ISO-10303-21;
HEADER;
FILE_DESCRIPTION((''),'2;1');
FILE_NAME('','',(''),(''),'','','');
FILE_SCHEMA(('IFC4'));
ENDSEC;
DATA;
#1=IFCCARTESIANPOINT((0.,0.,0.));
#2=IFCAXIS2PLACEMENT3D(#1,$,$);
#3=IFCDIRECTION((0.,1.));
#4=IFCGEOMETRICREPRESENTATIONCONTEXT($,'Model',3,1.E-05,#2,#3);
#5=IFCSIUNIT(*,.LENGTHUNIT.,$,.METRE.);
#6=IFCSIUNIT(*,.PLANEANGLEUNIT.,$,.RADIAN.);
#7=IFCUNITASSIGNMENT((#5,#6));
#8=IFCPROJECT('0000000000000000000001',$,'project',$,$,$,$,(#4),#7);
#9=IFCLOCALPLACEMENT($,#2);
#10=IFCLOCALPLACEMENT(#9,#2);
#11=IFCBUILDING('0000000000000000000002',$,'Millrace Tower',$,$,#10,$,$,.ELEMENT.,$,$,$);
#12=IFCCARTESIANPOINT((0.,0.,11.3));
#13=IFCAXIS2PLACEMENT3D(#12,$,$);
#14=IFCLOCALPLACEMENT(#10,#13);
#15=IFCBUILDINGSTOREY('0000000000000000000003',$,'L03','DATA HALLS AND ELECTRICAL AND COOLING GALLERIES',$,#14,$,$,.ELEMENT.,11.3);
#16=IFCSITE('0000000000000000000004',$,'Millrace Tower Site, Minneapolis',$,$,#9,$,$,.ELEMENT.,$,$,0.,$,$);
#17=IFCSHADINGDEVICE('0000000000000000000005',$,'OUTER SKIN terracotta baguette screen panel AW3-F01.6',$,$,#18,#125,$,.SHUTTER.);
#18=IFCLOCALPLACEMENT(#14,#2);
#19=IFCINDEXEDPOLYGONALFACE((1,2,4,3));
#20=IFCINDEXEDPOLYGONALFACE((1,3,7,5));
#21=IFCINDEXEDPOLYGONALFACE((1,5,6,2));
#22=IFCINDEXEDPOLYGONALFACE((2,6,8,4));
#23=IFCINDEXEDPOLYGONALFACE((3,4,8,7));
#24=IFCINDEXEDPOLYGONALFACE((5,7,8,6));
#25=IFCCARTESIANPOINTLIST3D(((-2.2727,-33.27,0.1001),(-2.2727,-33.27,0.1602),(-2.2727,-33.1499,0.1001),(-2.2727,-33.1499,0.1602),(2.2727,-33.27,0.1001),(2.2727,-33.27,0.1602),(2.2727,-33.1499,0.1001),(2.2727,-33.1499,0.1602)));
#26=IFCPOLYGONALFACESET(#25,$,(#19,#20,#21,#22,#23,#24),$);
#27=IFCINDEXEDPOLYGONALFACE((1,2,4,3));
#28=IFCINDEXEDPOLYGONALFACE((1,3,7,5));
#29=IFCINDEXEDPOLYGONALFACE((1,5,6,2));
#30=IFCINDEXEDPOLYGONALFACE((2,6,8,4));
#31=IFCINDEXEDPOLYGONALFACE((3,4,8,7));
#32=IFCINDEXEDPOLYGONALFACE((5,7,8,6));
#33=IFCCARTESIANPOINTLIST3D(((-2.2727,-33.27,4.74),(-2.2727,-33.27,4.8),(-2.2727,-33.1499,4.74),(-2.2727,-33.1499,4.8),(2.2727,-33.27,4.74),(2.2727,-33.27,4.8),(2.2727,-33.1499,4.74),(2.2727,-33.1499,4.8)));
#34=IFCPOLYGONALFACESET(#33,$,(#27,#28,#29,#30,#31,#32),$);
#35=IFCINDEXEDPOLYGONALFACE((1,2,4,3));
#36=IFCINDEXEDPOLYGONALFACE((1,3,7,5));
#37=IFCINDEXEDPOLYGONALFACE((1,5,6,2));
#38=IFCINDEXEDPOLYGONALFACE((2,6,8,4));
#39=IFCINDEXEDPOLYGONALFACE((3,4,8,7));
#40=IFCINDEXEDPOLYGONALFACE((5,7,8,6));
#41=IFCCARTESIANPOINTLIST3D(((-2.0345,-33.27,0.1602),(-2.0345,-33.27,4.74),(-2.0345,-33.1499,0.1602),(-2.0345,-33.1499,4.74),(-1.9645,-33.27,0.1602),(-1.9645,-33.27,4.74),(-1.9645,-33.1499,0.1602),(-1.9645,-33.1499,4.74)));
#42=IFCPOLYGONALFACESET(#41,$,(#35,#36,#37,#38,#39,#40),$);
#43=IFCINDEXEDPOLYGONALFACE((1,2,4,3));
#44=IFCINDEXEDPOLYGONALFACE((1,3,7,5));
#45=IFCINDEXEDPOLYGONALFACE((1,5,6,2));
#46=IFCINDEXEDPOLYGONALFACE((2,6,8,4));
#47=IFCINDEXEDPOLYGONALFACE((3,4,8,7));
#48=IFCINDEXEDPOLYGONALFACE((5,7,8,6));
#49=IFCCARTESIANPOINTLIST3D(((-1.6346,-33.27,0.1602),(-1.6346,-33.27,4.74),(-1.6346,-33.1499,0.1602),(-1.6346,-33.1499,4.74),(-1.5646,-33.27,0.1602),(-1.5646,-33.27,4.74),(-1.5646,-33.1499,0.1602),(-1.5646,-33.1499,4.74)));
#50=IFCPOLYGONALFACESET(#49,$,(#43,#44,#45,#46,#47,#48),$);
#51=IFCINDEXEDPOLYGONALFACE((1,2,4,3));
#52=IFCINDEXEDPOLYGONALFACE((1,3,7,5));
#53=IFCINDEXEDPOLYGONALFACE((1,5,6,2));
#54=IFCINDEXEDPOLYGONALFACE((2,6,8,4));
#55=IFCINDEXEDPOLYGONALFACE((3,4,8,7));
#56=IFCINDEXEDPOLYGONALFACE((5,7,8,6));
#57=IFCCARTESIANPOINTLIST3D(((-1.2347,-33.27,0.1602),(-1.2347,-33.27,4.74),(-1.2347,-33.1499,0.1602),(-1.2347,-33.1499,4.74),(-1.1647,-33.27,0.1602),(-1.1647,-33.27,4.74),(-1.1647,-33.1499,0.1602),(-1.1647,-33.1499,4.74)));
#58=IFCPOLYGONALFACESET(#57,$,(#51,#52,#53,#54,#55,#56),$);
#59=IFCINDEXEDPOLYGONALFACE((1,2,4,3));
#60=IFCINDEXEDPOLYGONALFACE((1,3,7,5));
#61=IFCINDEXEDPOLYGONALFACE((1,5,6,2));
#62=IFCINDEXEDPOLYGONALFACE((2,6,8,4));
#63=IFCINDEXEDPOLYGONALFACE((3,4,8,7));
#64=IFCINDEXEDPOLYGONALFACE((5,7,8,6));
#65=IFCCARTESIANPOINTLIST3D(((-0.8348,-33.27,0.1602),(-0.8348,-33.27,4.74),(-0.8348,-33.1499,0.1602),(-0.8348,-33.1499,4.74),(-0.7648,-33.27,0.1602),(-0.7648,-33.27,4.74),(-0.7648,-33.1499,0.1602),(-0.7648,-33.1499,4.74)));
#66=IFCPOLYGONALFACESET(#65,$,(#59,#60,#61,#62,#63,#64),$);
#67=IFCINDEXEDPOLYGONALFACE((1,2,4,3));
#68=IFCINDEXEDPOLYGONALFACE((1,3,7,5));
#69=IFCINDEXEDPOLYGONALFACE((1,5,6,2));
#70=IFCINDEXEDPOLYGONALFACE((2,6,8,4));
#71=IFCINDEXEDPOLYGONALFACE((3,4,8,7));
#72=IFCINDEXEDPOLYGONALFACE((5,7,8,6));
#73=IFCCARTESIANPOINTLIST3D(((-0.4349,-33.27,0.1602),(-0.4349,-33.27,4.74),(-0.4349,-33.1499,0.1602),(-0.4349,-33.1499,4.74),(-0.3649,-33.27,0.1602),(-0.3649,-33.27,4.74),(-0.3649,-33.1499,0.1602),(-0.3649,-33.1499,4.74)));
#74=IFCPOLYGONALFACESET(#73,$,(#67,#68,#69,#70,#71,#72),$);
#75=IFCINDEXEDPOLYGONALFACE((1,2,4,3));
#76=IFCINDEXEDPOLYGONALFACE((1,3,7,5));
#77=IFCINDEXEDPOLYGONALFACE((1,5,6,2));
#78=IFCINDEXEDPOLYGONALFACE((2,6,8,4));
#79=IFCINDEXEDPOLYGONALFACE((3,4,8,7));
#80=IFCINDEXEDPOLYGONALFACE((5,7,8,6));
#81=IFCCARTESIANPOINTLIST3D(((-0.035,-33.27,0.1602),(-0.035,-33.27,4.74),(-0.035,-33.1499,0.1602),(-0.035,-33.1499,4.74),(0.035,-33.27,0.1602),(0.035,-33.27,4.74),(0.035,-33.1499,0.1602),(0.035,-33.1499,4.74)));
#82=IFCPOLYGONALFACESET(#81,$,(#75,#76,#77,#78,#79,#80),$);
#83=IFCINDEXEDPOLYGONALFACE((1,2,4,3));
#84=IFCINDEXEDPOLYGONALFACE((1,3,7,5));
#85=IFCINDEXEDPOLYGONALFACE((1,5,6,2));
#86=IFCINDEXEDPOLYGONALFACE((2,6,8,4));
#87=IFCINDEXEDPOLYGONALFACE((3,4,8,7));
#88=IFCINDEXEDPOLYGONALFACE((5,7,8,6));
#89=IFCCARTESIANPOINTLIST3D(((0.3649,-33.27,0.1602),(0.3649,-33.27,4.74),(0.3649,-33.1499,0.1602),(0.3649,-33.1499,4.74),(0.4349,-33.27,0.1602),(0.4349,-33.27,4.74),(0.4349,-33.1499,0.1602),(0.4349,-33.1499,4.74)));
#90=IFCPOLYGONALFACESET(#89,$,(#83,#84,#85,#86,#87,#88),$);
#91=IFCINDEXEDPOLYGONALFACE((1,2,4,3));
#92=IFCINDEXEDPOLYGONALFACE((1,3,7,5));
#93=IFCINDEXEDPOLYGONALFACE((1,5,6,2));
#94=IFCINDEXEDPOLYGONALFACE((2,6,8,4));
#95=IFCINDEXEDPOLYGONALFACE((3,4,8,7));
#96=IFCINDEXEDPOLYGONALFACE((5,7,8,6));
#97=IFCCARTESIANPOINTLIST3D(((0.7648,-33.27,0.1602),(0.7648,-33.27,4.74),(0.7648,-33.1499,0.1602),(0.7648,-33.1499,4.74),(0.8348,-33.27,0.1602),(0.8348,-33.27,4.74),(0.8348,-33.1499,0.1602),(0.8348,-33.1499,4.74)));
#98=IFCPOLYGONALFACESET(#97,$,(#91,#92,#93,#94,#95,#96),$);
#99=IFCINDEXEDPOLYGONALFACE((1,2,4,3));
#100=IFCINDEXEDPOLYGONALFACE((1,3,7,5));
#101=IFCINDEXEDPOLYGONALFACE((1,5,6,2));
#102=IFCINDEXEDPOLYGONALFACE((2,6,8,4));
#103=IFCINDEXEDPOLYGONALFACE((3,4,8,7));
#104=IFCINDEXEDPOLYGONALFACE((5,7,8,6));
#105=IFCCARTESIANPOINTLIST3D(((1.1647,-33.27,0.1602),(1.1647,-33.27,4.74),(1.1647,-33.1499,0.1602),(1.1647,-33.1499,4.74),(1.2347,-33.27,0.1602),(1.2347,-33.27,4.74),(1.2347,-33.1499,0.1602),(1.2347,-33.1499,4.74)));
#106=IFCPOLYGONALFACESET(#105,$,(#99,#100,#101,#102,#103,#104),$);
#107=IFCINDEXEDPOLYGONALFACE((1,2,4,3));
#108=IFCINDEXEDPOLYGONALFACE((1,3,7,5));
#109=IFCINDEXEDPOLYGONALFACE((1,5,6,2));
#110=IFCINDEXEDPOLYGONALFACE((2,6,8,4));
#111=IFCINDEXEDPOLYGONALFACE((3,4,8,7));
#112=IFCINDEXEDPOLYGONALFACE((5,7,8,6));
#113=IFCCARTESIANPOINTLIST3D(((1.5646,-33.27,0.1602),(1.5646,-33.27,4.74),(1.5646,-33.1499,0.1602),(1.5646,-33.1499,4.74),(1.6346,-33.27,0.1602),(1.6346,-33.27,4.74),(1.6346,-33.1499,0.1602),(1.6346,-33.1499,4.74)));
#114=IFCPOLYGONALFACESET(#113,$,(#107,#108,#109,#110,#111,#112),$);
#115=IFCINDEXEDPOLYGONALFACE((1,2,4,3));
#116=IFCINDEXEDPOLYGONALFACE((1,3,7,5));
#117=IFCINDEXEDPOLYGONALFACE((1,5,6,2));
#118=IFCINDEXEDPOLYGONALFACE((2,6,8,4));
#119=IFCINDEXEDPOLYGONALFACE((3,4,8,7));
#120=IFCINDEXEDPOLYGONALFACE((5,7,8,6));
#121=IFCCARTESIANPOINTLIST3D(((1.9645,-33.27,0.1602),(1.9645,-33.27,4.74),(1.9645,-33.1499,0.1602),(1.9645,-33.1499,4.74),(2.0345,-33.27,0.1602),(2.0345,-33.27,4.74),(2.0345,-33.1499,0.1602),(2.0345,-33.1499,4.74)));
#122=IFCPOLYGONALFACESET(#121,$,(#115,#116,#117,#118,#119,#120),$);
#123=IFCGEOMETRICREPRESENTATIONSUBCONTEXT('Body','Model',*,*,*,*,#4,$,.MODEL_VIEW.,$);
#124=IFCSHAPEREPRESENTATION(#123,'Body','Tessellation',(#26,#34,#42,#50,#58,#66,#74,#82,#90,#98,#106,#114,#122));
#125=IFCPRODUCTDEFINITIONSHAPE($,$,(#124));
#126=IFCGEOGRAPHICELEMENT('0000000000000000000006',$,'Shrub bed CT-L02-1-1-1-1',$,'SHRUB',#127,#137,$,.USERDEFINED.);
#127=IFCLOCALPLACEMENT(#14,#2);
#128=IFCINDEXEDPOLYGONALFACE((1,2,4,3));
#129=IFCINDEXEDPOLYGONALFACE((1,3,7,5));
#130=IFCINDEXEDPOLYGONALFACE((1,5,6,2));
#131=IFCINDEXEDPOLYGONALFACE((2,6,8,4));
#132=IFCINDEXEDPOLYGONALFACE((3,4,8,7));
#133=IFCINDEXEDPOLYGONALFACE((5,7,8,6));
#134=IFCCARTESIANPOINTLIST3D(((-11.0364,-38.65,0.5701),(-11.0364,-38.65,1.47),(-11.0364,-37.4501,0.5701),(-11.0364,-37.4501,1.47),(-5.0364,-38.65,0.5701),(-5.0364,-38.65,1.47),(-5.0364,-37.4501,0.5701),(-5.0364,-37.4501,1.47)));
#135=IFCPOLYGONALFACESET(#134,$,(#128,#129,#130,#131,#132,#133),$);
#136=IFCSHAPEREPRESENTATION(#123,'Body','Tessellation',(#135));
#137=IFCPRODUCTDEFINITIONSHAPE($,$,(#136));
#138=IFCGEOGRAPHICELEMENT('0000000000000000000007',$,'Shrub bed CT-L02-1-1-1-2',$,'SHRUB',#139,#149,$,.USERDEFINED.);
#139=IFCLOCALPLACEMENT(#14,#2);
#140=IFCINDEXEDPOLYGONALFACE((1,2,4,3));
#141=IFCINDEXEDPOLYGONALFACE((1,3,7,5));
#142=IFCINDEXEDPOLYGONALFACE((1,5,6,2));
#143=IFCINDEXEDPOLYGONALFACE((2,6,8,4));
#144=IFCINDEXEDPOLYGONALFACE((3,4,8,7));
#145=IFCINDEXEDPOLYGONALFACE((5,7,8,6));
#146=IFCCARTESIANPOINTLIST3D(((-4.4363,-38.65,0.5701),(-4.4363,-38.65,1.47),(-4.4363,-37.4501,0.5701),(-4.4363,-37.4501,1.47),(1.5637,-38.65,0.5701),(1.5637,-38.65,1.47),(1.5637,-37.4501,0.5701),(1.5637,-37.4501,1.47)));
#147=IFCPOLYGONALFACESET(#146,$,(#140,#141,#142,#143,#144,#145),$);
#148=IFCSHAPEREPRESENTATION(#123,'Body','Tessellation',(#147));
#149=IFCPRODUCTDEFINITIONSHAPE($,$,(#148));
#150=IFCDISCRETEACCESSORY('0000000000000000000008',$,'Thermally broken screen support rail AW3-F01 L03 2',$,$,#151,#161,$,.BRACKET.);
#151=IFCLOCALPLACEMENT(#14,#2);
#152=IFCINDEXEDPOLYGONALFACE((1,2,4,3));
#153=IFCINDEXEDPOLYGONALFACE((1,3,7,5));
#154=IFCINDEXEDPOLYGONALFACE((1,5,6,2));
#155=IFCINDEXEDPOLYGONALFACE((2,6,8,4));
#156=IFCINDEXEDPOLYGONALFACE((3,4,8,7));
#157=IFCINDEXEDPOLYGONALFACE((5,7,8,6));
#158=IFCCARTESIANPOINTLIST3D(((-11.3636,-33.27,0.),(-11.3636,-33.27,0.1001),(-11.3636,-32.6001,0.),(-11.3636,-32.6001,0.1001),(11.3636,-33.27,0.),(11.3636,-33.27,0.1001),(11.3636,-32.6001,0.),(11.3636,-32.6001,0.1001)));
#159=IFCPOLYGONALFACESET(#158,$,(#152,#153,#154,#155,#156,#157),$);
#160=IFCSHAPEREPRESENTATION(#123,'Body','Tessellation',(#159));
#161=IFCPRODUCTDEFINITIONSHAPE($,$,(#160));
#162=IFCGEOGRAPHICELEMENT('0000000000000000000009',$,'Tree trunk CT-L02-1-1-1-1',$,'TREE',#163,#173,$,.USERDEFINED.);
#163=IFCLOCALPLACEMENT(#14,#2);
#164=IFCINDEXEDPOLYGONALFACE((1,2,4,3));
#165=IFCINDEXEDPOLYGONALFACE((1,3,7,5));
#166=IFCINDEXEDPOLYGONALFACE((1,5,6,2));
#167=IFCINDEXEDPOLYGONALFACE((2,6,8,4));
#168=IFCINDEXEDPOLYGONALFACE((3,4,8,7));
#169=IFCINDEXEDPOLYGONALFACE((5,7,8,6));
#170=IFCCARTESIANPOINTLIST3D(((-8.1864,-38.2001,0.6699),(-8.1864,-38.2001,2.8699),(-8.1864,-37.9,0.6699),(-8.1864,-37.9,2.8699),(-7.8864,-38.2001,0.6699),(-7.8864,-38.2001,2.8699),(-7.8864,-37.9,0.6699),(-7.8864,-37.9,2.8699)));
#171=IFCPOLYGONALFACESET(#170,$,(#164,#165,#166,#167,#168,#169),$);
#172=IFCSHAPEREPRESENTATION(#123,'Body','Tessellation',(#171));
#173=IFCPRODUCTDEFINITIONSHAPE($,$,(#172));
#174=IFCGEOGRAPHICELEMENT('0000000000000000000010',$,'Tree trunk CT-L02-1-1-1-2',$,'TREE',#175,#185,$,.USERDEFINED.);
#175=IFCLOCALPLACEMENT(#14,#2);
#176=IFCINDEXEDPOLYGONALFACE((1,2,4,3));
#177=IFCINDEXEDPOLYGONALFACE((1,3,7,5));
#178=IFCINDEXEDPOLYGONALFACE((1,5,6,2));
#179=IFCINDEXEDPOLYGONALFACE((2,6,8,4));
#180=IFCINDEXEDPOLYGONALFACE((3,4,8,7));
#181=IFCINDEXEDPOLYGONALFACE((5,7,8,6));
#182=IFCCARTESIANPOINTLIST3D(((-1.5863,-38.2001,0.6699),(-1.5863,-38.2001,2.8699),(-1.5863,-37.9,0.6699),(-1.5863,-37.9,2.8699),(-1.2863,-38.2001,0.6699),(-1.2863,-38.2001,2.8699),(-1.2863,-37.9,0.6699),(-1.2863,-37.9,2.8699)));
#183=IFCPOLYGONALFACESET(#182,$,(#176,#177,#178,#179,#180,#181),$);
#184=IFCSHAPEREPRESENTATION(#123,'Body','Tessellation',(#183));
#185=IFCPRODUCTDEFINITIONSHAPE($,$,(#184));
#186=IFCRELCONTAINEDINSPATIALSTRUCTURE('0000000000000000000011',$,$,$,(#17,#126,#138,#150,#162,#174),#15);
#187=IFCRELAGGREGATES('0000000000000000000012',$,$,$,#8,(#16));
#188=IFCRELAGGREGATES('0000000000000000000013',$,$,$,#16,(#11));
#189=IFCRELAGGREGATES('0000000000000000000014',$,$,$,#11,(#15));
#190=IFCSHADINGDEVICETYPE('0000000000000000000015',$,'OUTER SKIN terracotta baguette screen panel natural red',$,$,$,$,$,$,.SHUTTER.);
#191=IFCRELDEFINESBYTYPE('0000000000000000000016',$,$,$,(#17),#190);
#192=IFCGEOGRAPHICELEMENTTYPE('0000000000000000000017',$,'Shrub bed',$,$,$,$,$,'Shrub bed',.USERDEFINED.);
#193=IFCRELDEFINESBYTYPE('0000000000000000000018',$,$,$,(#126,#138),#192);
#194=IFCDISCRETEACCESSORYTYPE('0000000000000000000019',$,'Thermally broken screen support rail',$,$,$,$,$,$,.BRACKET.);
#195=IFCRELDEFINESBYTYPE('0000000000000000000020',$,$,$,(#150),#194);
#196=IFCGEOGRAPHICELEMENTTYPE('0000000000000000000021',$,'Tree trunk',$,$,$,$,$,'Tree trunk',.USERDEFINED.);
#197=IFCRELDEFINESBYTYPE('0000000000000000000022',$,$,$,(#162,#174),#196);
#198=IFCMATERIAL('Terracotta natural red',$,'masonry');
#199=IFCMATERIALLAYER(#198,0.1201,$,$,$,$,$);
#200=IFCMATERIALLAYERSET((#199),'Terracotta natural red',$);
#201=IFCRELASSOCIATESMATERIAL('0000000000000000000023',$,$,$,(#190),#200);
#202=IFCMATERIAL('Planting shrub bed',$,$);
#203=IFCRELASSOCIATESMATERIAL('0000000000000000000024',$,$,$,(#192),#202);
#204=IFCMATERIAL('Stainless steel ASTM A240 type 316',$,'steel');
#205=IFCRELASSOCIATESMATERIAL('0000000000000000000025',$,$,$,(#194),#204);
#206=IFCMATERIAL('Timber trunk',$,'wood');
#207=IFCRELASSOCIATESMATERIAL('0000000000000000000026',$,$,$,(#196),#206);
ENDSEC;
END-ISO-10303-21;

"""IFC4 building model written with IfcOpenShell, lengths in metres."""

from ifc_helpers import new_model, entity, si_unit, direction, frame, frame_2d, origin, origin_2d, place, context, subcontext, project, spatial, rectangle, extrude, source, transform, mapped, material, layer, layer_set, type_object, element, save


model = new_model("IFC4")

# Units and contexts
model_context = context("Model", 3, precision=1e-05, world=origin(), true_north=direction((0.0, 1.0)))
body_context = subcontext(model_context, "Body", "Model", "MODEL_VIEW")
ifc_project = project(units=[si_unit("LENGTHUNIT", "METRE"), si_unit("PLANEANGLEUNIT", "RADIAN")], contexts=[model_context])

# Site, building, storey
site_placement = place(None, origin())
site = spatial("IfcSite", under=ifc_project, at=site_placement, Name="Millrace Tower Site, Minneapolis", CompositionType="ELEMENT", RefElevation=0.0)
building_placement = place(site_placement, origin())
building = spatial("IfcBuilding", under=site, at=building_placement, Name="Millrace Tower", CompositionType="ELEMENT")
storey_placement = place(building_placement, frame((0.0, 0.0, 11.3)))
storey = spatial("IfcBuildingStorey", under=building, at=storey_placement, Name="L03", Description="DATA HALLS AND ELECTRICAL AND COOLING GALLERIES", CompositionType="ELEMENT", Elevation=11.3)

# Shading device
cartesian_point = entity("IfcCartesianPoint", [-2.2727, 0.0601])
shared_polyline = entity("IfcPolyline", [cartesian_point, entity("IfcCartesianPoint", [2.2727, 0.0601]), entity("IfcCartesianPoint", [2.2727, -0.0601]), entity("IfcCartesianPoint", [-2.2727, -0.0601]), cartesian_point])
ifc_material_1 = material(Name="Terracotta natural red", Category="masonry")
ifc_layer_1 = layer(ifc_material_1, 0.1201)
ifc_layer_set_1 = layer_set([ifc_layer_1], Name="Terracotta natural red")
shading_device_type_1 = type_object("IfcShadingDeviceType", Name="OUTER SKIN terracotta baguette screen panel natural red", PredefinedType="SHUTTER", material=ifc_layer_set_1)
shared_shape_1 = source(origin(), body_context, "Body", "SweptSolid", [
    entity("IfcExtrudedAreaSolid", entity("IfcArbitraryClosedProfileDef", "AREA", None, shared_polyline), entity("IfcAxis2Placement3D", entity("IfcCartesianPoint", [0.0, 0.0, 0.0])), entity("IfcDirection", [0.0, 0.0, 1.0]), 0.0601),
    entity("IfcExtrudedAreaSolid", entity("IfcArbitraryClosedProfileDef", "AREA", None, shared_polyline), entity("IfcAxis2Placement3D", entity("IfcCartesianPoint", [0.0, 0.0, 4.6399])), entity("IfcDirection", [0.0, 0.0, 1.0]), 0.0601),
    extrude(rectangle(XDim=0.0701, YDim=0.1201, at=frame_2d((-1.9995, 0.0))), frame((0.0, 0.0, 0.0601)), (0.0, 0.0, 1.0), 4.5798),
    extrude(rectangle(XDim=0.0701, YDim=0.1201, at=frame_2d((-1.5996, 0.0))), frame((0.0, 0.0, 0.0601)), (0.0, 0.0, 1.0), 4.5798),
    extrude(rectangle(XDim=0.0701, YDim=0.1201, at=frame_2d((-1.1997, 0.0))), frame((0.0, 0.0, 0.0601)), (0.0, 0.0, 1.0), 4.5798),
    extrude(rectangle(XDim=0.0701, YDim=0.1201, at=frame_2d((-0.7998, 0.0))), frame((0.0, 0.0, 0.0601)), (0.0, 0.0, 1.0), 4.5798),
    extrude(rectangle(XDim=0.0701, YDim=0.1201, at=frame_2d((-0.3999, 0.0))), frame((0.0, 0.0, 0.0601)), (0.0, 0.0, 1.0), 4.5798),
    extrude(rectangle(XDim=0.0701, YDim=0.1201, at=origin_2d()), frame((0.0, 0.0, 0.0601)), (0.0, 0.0, 1.0), 4.5798),
    extrude(rectangle(XDim=0.0701, YDim=0.1201, at=frame_2d((0.3999, 0.0))), frame((0.0, 0.0, 0.0601)), (0.0, 0.0, 1.0), 4.5798),
    extrude(rectangle(XDim=0.0701, YDim=0.1201, at=frame_2d((0.7998, 0.0))), frame((0.0, 0.0, 0.0601)), (0.0, 0.0, 1.0), 4.5798),
    extrude(rectangle(XDim=0.0701, YDim=0.1201, at=frame_2d((1.1997, 0.0))), frame((0.0, 0.0, 0.0601)), (0.0, 0.0, 1.0), 4.5798),
    extrude(rectangle(XDim=0.0701, YDim=0.1201, at=frame_2d((1.5996, 0.0))), frame((0.0, 0.0, 0.0601)), (0.0, 0.0, 1.0), 4.5798),
    extrude(rectangle(XDim=0.0701, YDim=0.1201, at=frame_2d((1.9995, 0.0))), frame((0.0, 0.0, 0.0601)), (0.0, 0.0, 1.0), 4.5798),
])
for number, where, z_axis, x_axis, name in (
    (1, (0.0, -33.21, 0.1001), (0.0, 0.0, 1.0), (1.0, 0.0, 0.0), "OUTER SKIN terracotta baguette screen panel AW3-F01.6"),
):
    element("IfcShadingDevice", number, at=place(storey_placement, frame(where, z_axis=z_axis, x_axis=x_axis)), inside=storey, type_object=shading_device_type_1, Name=name, PredefinedType="SHUTTER", context=body_context, shape_type="MappedRepresentation", body=[
        mapped(shared_shape_1, transform((0.0, 0.0, 0.0), scale=1.0)),
    ])

# Geographic elements
ifc_material_2 = material(Name="Planting shrub bed")
geographic_element_type_1 = type_object("IfcGeographicElementType", Name="Shrub bed", ElementType="Shrub bed", PredefinedType="USERDEFINED", material=ifc_material_2)
for number, where, z_axis, x_axis, name in (
    (2, (-8.0364, -38.05, 0.5701), (0.0, 0.0, 1.0), (1.0, 0.0, 0.0), "Shrub bed CT-L02-1-1-1-1"),
    (3, (-1.4363, -38.05, 0.5701), (0.0, 0.0, 1.0), (1.0, 0.0, 0.0), "Shrub bed CT-L02-1-1-1-2"),
):
    element("IfcGeographicElement", number, at=place(storey_placement, frame(where, z_axis=z_axis, x_axis=x_axis)), inside=storey, type_object=geographic_element_type_1, Name=name, ObjectType="SHRUB", PredefinedType="USERDEFINED", context=body_context, shape_type="SweptSolid", body=[
        extrude(rectangle(XDim=6.0, YDim=1.2, at=origin_2d()), origin(), (0.0, 0.0, 1.0), 0.8999),
    ])

# Discrete accessory
ifc_material_3 = material(Name="Stainless steel ASTM A240 type 316", Category="steel")
discrete_accessory_type = type_object("IfcDiscreteAccessoryType", Name="Thermally broken screen support rail", PredefinedType="BRACKET", material=ifc_material_3)
discrete_accessory_placement = place(storey_placement, frame((0.0, -32.9351, 0.0), z_axis=(0.0, 0.0, 1.0), x_axis=(1.0, 0.0, 0.0)))
element("IfcDiscreteAccessory", 4, at=discrete_accessory_placement, inside=storey, type_object=discrete_accessory_type, Name="Thermally broken screen support rail AW3-F01 L03 2", PredefinedType="BRACKET", context=body_context, shape_type="SweptSolid", body=[
    extrude(rectangle(XDim=22.7273, YDim=0.6699, at=origin_2d()), origin(), (0.0, 0.0, 1.0), 0.1001),
])

# Geographic elements
ifc_material_4 = material(Name="Timber trunk", Category="wood")
geographic_element_type_2 = type_object("IfcGeographicElementType", Name="Tree trunk", ElementType="Tree trunk", PredefinedType="USERDEFINED", material=ifc_material_4)
for number, where, z_axis, x_axis, name in (
    (5, (-8.0364, -38.05, 0.6699), (0.0, 0.0, 1.0), (1.0, 0.0, 0.0), "Tree trunk CT-L02-1-1-1-1"),
    (6, (-1.4363, -38.05, 0.6699), (0.0, 0.0, 1.0), (1.0, 0.0, 0.0), "Tree trunk CT-L02-1-1-1-2"),
):
    element("IfcGeographicElement", number, at=place(storey_placement, frame(where, z_axis=z_axis, x_axis=x_axis)), inside=storey, type_object=geographic_element_type_2, Name=name, ObjectType="TREE", PredefinedType="USERDEFINED", context=body_context, shape_type="SweptSolid", body=[
        extrude(rectangle(XDim=0.3, YDim=0.3, at=origin_2d()), origin(), (0.0, 0.0, 1.0), 2.2),
    ])

save(model, "model.ifc")
